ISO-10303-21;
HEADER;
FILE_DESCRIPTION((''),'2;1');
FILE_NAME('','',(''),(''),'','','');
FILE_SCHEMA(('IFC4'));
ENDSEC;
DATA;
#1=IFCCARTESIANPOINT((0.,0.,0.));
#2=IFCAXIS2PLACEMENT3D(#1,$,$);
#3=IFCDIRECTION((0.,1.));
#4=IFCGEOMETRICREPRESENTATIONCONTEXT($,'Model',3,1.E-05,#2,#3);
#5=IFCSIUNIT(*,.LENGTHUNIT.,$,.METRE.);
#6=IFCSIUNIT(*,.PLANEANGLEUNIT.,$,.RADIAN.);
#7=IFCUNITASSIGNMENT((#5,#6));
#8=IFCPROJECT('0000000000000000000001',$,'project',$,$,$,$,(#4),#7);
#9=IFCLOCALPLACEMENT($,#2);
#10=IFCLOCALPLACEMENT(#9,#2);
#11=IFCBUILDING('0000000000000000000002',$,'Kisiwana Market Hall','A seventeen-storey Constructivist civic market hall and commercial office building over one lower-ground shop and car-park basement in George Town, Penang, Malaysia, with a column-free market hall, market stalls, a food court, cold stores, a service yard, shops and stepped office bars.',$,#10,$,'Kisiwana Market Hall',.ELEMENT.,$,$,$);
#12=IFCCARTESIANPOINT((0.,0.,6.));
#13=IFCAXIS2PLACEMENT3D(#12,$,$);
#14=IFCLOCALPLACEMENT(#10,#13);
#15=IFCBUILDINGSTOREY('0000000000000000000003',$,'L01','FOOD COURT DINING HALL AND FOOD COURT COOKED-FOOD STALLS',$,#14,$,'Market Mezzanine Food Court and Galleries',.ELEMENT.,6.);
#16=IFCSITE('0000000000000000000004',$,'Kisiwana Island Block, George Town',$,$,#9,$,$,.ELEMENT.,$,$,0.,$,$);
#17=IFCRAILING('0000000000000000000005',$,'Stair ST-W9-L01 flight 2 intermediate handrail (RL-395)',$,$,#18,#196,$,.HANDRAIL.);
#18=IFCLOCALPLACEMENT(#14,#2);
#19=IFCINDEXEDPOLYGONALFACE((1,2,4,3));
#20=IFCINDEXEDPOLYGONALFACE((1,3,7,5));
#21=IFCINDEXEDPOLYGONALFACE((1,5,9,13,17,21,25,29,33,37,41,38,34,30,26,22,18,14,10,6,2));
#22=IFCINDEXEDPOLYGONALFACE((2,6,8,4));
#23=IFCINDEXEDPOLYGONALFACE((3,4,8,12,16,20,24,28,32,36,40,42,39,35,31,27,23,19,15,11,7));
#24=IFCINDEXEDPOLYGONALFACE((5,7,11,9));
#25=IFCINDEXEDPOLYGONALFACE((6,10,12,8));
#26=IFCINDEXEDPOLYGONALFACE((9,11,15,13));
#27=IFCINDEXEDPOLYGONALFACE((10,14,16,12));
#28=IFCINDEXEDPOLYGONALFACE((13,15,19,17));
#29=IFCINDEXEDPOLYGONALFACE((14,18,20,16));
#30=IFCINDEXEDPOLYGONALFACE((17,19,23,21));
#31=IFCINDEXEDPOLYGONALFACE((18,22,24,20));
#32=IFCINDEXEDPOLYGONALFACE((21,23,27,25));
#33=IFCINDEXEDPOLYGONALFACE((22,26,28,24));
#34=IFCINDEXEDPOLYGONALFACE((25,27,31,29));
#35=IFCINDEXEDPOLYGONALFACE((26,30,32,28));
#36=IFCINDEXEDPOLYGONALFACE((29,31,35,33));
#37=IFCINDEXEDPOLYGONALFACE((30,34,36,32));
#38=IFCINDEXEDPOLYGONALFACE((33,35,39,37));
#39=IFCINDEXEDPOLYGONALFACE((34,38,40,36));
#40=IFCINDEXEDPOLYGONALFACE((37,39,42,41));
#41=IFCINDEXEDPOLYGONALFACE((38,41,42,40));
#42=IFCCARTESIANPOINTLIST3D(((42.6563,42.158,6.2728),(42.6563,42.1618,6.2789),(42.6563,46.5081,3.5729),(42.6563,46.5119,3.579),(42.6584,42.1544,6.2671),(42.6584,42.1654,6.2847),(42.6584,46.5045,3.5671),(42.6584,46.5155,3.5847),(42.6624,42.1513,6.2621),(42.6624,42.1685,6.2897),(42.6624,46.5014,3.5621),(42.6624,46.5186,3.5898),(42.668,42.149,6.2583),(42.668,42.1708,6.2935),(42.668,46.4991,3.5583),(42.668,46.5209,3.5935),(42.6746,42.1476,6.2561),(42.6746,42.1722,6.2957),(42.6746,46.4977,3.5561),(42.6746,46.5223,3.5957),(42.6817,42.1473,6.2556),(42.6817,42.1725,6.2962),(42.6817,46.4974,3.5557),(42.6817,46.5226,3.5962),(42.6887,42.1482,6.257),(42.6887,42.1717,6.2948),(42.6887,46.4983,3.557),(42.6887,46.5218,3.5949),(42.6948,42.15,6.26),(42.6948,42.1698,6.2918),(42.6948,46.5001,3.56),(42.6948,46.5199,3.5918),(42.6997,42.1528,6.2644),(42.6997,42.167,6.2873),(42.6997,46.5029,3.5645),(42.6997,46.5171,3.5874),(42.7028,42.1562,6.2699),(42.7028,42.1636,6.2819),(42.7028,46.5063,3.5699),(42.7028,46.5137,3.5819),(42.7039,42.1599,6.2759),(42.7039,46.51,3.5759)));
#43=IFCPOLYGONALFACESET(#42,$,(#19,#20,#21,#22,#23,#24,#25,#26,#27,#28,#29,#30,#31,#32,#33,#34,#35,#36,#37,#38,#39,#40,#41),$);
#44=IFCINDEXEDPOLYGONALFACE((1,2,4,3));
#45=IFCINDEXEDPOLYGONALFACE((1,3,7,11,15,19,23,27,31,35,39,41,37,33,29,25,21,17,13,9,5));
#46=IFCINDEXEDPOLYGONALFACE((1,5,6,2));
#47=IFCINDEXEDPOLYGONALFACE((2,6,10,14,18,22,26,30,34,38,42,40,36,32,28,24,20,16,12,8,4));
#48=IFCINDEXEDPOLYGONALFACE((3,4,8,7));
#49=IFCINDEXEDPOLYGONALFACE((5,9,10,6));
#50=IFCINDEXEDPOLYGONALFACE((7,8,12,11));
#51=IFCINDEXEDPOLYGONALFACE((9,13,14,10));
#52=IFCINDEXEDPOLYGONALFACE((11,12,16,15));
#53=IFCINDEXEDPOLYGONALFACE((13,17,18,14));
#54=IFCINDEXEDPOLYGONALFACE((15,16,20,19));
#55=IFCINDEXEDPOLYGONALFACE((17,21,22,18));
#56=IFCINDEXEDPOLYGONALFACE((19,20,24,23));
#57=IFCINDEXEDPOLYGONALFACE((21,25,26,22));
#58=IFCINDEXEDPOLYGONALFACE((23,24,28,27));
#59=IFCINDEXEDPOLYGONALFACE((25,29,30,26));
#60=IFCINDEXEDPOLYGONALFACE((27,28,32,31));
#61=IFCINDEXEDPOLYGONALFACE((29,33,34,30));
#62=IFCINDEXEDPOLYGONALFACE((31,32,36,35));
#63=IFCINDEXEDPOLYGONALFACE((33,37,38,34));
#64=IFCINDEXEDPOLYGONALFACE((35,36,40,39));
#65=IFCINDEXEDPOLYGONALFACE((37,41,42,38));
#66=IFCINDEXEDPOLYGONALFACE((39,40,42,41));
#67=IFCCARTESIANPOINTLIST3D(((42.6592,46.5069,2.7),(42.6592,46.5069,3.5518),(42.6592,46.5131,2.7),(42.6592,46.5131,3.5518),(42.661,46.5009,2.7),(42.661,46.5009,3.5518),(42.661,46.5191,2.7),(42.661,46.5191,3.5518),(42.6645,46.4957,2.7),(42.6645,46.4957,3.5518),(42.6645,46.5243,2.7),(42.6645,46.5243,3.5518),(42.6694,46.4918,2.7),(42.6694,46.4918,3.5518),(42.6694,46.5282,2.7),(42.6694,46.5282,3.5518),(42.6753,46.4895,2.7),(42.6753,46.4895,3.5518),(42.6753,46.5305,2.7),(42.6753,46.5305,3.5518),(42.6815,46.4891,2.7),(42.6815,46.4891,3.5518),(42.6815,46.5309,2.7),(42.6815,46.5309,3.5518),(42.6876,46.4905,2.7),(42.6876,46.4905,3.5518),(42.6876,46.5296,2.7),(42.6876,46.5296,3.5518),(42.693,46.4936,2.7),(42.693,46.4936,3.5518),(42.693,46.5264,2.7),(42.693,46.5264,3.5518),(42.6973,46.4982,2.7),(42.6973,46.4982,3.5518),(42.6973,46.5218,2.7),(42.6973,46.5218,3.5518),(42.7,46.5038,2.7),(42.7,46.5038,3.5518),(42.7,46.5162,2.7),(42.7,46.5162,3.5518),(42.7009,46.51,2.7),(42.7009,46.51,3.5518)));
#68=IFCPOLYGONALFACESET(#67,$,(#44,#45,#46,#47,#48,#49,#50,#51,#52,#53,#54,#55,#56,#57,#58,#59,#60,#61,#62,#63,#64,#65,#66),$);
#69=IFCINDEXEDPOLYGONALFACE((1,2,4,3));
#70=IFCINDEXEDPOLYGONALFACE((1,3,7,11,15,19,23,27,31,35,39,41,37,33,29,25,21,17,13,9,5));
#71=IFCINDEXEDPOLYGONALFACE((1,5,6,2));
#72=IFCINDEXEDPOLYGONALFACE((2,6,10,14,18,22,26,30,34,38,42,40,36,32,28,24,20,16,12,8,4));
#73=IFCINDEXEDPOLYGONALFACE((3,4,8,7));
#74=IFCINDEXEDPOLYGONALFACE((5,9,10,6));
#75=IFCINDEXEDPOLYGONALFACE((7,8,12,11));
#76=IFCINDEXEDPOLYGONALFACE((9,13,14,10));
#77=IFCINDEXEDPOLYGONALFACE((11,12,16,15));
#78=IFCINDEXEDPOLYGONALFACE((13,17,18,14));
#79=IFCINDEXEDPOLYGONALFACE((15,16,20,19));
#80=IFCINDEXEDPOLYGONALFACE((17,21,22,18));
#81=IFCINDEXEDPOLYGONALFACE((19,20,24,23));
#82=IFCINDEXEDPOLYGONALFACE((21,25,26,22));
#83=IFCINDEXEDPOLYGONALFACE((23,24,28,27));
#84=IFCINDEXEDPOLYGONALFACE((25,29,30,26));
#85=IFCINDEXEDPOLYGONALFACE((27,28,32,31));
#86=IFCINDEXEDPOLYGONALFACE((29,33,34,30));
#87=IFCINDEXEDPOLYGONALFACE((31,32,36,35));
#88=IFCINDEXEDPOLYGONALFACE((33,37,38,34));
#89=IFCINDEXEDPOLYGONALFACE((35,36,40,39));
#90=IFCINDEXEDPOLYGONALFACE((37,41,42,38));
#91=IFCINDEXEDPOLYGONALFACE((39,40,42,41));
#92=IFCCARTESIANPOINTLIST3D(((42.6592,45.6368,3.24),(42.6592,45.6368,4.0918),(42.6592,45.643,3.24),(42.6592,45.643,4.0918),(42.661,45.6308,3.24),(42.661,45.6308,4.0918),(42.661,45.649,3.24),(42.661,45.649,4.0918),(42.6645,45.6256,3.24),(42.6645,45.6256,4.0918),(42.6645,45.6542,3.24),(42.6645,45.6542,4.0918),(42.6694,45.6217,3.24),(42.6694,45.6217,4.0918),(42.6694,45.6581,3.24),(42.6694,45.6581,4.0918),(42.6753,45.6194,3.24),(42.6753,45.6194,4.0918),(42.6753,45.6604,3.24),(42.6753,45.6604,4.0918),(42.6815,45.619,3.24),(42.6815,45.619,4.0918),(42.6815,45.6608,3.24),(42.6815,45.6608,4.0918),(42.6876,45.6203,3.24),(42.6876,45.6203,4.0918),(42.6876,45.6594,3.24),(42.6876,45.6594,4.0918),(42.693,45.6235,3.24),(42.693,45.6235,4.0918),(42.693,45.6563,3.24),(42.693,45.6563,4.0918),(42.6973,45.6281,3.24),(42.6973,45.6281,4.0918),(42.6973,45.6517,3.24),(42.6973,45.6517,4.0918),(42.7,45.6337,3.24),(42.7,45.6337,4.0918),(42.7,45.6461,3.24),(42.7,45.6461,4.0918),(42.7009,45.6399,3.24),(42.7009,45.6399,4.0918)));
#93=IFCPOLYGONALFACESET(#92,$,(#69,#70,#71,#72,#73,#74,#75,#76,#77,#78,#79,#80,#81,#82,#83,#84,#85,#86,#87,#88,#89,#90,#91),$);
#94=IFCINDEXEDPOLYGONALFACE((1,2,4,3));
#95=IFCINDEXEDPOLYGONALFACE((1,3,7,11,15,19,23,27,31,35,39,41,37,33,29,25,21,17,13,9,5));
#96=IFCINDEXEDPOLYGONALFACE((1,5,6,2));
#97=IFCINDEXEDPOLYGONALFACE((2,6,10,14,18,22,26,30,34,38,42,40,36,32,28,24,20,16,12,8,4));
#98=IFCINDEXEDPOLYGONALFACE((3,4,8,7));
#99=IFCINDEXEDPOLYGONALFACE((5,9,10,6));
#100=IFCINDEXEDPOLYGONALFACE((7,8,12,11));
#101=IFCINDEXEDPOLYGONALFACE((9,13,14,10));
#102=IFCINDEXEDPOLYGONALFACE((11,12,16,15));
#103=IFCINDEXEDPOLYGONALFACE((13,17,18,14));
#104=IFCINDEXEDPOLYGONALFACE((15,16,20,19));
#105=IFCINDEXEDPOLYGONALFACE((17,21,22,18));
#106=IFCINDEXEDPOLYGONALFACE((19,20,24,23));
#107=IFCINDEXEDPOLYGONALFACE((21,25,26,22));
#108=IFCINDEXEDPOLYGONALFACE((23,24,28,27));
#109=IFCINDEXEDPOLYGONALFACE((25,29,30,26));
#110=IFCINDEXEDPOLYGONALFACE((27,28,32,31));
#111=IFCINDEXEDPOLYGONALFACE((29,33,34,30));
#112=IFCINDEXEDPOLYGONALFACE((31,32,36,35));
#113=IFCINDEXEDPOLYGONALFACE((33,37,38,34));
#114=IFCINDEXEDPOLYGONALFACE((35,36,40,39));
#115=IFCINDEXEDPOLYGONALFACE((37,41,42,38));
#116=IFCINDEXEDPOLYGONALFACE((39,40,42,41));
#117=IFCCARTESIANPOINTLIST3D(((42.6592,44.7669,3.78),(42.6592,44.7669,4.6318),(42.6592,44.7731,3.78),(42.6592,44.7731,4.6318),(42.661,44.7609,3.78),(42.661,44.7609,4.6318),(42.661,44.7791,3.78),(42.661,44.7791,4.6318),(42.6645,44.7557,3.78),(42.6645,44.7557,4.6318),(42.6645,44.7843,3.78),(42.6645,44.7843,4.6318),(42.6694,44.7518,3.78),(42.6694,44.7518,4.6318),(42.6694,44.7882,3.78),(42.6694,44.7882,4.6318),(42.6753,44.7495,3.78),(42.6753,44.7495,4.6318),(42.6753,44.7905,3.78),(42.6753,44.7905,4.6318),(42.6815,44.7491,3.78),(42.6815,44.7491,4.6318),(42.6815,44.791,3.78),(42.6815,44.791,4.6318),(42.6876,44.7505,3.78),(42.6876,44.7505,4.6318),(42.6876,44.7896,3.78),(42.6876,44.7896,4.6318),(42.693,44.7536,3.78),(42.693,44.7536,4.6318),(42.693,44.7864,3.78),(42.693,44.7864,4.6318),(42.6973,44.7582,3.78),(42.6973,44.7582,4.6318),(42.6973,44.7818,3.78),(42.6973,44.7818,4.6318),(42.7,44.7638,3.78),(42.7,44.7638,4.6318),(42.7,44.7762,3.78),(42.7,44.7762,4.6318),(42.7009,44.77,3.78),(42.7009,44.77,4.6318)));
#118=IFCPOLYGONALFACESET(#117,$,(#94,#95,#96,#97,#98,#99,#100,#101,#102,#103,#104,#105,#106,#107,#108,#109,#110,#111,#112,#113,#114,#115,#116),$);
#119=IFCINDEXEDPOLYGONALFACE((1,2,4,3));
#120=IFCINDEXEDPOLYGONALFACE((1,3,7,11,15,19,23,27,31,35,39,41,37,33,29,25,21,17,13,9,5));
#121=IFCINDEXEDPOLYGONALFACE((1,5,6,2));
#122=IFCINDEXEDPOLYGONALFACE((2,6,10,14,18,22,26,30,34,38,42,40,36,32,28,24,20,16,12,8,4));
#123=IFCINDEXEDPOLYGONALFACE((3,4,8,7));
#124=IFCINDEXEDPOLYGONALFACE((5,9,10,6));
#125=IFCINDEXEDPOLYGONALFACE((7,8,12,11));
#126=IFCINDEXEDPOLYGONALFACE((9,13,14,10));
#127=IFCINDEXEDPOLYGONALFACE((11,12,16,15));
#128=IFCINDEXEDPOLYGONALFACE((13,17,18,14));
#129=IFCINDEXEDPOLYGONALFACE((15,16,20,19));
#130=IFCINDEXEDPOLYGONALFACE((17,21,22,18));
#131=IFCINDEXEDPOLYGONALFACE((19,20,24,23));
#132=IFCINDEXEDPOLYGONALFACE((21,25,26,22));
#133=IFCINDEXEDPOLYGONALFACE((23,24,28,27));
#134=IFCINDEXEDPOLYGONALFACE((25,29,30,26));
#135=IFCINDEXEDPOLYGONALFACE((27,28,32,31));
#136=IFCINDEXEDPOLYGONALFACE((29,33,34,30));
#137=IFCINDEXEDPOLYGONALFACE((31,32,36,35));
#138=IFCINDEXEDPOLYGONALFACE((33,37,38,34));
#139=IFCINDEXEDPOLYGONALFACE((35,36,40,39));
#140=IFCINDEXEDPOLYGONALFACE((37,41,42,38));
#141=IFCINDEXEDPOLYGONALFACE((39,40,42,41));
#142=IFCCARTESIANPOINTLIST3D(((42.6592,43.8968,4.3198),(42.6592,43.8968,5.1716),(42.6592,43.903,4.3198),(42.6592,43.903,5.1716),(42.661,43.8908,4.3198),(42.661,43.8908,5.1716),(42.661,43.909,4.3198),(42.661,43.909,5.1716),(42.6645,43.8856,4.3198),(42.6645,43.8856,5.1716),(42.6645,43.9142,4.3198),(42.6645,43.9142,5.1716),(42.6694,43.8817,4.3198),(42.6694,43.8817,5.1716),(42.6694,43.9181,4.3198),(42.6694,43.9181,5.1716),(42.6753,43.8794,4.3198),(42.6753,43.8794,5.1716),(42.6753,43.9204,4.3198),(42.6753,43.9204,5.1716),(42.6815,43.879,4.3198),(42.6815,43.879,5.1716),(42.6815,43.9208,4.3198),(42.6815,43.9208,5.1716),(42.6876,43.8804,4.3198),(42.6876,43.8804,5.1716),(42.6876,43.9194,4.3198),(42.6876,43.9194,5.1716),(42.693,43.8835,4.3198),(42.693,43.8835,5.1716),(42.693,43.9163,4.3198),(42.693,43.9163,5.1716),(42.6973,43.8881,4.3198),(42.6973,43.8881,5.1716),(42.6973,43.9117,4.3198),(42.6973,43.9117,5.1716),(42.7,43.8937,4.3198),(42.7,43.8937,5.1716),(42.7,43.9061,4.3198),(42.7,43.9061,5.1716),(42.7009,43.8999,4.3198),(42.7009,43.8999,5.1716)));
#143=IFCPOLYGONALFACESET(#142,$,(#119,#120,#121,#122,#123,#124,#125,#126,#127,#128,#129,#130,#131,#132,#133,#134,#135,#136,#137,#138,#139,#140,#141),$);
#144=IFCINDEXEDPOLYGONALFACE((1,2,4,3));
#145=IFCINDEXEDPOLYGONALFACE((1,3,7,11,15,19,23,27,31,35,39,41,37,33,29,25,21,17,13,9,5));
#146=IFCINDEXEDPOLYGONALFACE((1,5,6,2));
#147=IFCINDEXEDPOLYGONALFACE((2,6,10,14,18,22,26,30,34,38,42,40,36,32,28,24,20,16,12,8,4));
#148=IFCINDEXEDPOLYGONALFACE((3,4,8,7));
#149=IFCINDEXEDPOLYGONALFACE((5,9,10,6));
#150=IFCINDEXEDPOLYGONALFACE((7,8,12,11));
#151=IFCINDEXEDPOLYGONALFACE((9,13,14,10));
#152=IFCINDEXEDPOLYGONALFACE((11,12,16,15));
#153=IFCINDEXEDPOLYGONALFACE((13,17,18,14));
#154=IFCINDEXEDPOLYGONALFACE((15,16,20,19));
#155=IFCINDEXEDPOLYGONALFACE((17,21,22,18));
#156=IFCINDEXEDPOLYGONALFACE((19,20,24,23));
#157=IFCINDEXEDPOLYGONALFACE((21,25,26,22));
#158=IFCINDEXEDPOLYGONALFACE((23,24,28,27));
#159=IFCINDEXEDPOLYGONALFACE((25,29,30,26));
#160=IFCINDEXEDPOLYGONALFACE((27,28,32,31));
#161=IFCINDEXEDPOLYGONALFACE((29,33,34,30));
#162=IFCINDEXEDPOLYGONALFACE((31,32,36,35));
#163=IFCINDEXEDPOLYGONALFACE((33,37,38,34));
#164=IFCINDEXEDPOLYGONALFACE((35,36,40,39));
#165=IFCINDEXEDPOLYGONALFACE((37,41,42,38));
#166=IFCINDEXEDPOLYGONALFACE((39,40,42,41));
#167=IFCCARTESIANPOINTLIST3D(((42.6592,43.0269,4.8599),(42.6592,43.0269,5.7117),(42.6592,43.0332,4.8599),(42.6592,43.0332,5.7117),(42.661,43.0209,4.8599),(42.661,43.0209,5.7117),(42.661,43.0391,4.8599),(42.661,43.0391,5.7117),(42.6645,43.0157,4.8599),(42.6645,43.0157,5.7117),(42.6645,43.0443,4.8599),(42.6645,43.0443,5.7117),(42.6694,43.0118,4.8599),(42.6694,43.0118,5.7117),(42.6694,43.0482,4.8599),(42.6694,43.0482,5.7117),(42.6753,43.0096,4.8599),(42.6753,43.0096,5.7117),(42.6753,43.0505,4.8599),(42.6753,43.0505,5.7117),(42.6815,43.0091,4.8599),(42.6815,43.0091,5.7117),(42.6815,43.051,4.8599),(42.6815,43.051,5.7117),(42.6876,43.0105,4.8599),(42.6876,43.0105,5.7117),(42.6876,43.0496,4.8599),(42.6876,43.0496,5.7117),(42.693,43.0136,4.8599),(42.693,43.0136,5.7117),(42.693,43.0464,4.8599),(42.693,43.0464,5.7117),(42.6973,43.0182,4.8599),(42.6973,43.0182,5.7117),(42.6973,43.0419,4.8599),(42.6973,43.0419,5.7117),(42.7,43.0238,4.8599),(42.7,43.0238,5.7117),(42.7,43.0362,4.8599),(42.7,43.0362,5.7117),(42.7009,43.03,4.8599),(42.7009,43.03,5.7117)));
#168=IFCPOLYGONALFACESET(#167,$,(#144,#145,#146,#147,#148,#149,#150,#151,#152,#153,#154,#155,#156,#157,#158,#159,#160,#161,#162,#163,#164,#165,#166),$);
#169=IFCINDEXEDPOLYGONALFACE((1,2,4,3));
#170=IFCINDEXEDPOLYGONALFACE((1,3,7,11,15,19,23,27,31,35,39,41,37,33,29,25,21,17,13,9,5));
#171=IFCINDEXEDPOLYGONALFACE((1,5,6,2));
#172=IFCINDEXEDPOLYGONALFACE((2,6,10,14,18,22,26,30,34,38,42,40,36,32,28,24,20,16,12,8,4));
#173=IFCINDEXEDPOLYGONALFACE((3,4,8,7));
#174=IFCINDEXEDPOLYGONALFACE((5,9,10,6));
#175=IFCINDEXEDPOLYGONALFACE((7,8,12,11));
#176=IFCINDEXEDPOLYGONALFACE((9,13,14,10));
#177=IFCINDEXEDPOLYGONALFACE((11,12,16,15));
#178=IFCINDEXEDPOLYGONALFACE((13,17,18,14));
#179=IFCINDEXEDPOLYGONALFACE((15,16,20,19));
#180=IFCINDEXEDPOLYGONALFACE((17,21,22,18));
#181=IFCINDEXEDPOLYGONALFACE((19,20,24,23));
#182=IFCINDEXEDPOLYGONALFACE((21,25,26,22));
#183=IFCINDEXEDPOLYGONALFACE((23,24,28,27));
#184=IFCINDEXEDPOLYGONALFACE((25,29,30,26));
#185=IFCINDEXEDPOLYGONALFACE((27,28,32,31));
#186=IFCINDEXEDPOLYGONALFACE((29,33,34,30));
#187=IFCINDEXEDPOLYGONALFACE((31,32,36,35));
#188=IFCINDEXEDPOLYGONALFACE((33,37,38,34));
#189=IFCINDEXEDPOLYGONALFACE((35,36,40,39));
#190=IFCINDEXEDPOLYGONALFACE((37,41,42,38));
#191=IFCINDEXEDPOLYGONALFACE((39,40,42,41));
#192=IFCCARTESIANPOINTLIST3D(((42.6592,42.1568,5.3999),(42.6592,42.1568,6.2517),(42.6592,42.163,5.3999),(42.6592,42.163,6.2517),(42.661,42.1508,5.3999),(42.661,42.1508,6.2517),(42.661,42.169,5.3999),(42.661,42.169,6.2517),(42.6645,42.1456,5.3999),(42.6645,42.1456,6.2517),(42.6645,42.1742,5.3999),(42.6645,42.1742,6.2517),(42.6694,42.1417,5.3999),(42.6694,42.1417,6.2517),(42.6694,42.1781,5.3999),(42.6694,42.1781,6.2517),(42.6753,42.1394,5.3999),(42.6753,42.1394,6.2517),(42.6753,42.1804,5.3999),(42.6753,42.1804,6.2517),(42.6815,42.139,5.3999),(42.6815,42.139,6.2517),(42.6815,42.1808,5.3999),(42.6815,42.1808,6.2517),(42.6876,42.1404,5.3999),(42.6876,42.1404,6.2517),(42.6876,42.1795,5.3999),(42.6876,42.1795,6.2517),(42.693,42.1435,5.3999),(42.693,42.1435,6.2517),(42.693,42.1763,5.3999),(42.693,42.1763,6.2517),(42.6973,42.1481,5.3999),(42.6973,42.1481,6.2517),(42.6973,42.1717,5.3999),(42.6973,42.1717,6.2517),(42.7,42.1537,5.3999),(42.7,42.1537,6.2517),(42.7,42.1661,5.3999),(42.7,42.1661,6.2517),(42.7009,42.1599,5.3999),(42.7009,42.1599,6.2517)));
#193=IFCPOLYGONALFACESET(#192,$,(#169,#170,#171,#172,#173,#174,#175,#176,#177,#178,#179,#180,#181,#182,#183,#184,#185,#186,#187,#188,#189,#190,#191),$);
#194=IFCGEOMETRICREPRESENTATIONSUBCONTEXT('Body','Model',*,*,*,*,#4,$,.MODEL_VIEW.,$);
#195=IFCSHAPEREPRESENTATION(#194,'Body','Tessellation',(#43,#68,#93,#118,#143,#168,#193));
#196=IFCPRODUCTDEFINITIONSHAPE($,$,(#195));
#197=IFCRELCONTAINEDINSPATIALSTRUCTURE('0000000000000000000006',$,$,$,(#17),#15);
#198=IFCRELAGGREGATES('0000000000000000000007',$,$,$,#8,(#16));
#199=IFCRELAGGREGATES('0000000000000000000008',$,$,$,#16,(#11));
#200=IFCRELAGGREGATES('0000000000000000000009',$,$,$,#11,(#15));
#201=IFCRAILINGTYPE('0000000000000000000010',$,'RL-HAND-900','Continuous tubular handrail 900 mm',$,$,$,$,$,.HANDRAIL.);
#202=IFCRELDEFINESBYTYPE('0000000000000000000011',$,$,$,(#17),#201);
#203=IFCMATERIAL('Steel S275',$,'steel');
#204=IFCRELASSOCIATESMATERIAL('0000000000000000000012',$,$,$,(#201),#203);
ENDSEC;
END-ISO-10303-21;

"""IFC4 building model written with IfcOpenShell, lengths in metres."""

from ifc_helpers import new_model, si_unit, direction, frame, origin, origin_2d, place, context, subcontext, project, spatial, circle, extrude, material, type_object, element, save


model = new_model("IFC4")

# Units and contexts
model_context = context("Model", 3, precision=1e-05, world=origin(), true_north=direction((0.0, 1.0)))
body_context = subcontext(model_context, "Body", "Model", "MODEL_VIEW")
ifc_project = project(units=[si_unit("LENGTHUNIT", "METRE"), si_unit("PLANEANGLEUNIT", "RADIAN")], contexts=[model_context])

# Site, building, storey
site_placement = place(None, origin())
site = spatial("IfcSite", under=ifc_project, at=site_placement, Name="Kisiwana Island Block, George Town", CompositionType="ELEMENT", RefElevation=0.0)
building_placement = place(site_placement, origin())
building = spatial("IfcBuilding", under=site, at=building_placement, Name="Kisiwana Market Hall", Description="A seventeen-storey Constructivist civic market hall and commercial office building over one lower-ground shop and car-park basement in George Town, Penang, Malaysia, with a column-free market hall, market stalls, a food court, cold stores, a service yard, shops and stepped office bars.", LongName="Kisiwana Market Hall", CompositionType="ELEMENT")
storey_placement = place(building_placement, frame((0.0, 0.0, 6.0)))
storey = spatial("IfcBuildingStorey", under=building, at=storey_placement, Name="L01", Description="FOOD COURT DINING HALL AND FOOD COURT COOKED-FOOD STALLS", LongName="Market Mezzanine Food Court and Galleries", CompositionType="ELEMENT", Elevation=6.0)

# Railing
ifc_material_1 = material(Name="Steel S275", Category="steel")
railing_type_1 = type_object("IfcRailingType", Name="RL-HAND-900", Description="Continuous tubular handrail 900 mm", PredefinedType="HANDRAIL", material=ifc_material_1)
railing_1_placement = place(storey_placement, frame((42.6799, 46.51, 2.7)))
element("IfcRailing", 1, at=railing_1_placement, inside=storey, type_object=railing_type_1, Name="Stair ST-W9-L01 flight 2 intermediate handrail (RL-395)", PredefinedType="HANDRAIL", context=body_context, shape_type="SweptSolid", body=[
    extrude(circle(Radius=0.0239, at=origin_2d()), frame((0.0, 0.0, 0.876), z_axis=(0.0, -0.84965, 0.527347), x_axis=(1.0, 0.0, 0.0)), (0.0, 0.0, 1.0), 5.1199),
    extrude(circle(Radius=0.021, at=origin_2d()), origin(), (0.0, 0.0, 1.0), 0.8518),
    extrude(circle(Radius=0.021, at=origin_2d()), frame((0.0, -0.8701, 0.54)), (0.0, 0.0, 1.0), 0.8518),
    extrude(circle(Radius=0.021, at=origin_2d()), frame((0.0, -1.74, 1.0801)), (0.0, 0.0, 1.0), 0.8518),
    extrude(circle(Radius=0.021, at=origin_2d()), frame((0.0, -2.6101, 1.6199)), (0.0, 0.0, 1.0), 0.8518),
    extrude(circle(Radius=0.021, at=origin_2d()), frame((0.0, -3.48, 2.1599)), (0.0, 0.0, 1.0), 0.8518),
    extrude(circle(Radius=0.021, at=origin_2d()), frame((0.0, -4.3501, 2.7)), (0.0, 0.0, 1.0), 0.8518),
])

save(model, "model.ifc")
